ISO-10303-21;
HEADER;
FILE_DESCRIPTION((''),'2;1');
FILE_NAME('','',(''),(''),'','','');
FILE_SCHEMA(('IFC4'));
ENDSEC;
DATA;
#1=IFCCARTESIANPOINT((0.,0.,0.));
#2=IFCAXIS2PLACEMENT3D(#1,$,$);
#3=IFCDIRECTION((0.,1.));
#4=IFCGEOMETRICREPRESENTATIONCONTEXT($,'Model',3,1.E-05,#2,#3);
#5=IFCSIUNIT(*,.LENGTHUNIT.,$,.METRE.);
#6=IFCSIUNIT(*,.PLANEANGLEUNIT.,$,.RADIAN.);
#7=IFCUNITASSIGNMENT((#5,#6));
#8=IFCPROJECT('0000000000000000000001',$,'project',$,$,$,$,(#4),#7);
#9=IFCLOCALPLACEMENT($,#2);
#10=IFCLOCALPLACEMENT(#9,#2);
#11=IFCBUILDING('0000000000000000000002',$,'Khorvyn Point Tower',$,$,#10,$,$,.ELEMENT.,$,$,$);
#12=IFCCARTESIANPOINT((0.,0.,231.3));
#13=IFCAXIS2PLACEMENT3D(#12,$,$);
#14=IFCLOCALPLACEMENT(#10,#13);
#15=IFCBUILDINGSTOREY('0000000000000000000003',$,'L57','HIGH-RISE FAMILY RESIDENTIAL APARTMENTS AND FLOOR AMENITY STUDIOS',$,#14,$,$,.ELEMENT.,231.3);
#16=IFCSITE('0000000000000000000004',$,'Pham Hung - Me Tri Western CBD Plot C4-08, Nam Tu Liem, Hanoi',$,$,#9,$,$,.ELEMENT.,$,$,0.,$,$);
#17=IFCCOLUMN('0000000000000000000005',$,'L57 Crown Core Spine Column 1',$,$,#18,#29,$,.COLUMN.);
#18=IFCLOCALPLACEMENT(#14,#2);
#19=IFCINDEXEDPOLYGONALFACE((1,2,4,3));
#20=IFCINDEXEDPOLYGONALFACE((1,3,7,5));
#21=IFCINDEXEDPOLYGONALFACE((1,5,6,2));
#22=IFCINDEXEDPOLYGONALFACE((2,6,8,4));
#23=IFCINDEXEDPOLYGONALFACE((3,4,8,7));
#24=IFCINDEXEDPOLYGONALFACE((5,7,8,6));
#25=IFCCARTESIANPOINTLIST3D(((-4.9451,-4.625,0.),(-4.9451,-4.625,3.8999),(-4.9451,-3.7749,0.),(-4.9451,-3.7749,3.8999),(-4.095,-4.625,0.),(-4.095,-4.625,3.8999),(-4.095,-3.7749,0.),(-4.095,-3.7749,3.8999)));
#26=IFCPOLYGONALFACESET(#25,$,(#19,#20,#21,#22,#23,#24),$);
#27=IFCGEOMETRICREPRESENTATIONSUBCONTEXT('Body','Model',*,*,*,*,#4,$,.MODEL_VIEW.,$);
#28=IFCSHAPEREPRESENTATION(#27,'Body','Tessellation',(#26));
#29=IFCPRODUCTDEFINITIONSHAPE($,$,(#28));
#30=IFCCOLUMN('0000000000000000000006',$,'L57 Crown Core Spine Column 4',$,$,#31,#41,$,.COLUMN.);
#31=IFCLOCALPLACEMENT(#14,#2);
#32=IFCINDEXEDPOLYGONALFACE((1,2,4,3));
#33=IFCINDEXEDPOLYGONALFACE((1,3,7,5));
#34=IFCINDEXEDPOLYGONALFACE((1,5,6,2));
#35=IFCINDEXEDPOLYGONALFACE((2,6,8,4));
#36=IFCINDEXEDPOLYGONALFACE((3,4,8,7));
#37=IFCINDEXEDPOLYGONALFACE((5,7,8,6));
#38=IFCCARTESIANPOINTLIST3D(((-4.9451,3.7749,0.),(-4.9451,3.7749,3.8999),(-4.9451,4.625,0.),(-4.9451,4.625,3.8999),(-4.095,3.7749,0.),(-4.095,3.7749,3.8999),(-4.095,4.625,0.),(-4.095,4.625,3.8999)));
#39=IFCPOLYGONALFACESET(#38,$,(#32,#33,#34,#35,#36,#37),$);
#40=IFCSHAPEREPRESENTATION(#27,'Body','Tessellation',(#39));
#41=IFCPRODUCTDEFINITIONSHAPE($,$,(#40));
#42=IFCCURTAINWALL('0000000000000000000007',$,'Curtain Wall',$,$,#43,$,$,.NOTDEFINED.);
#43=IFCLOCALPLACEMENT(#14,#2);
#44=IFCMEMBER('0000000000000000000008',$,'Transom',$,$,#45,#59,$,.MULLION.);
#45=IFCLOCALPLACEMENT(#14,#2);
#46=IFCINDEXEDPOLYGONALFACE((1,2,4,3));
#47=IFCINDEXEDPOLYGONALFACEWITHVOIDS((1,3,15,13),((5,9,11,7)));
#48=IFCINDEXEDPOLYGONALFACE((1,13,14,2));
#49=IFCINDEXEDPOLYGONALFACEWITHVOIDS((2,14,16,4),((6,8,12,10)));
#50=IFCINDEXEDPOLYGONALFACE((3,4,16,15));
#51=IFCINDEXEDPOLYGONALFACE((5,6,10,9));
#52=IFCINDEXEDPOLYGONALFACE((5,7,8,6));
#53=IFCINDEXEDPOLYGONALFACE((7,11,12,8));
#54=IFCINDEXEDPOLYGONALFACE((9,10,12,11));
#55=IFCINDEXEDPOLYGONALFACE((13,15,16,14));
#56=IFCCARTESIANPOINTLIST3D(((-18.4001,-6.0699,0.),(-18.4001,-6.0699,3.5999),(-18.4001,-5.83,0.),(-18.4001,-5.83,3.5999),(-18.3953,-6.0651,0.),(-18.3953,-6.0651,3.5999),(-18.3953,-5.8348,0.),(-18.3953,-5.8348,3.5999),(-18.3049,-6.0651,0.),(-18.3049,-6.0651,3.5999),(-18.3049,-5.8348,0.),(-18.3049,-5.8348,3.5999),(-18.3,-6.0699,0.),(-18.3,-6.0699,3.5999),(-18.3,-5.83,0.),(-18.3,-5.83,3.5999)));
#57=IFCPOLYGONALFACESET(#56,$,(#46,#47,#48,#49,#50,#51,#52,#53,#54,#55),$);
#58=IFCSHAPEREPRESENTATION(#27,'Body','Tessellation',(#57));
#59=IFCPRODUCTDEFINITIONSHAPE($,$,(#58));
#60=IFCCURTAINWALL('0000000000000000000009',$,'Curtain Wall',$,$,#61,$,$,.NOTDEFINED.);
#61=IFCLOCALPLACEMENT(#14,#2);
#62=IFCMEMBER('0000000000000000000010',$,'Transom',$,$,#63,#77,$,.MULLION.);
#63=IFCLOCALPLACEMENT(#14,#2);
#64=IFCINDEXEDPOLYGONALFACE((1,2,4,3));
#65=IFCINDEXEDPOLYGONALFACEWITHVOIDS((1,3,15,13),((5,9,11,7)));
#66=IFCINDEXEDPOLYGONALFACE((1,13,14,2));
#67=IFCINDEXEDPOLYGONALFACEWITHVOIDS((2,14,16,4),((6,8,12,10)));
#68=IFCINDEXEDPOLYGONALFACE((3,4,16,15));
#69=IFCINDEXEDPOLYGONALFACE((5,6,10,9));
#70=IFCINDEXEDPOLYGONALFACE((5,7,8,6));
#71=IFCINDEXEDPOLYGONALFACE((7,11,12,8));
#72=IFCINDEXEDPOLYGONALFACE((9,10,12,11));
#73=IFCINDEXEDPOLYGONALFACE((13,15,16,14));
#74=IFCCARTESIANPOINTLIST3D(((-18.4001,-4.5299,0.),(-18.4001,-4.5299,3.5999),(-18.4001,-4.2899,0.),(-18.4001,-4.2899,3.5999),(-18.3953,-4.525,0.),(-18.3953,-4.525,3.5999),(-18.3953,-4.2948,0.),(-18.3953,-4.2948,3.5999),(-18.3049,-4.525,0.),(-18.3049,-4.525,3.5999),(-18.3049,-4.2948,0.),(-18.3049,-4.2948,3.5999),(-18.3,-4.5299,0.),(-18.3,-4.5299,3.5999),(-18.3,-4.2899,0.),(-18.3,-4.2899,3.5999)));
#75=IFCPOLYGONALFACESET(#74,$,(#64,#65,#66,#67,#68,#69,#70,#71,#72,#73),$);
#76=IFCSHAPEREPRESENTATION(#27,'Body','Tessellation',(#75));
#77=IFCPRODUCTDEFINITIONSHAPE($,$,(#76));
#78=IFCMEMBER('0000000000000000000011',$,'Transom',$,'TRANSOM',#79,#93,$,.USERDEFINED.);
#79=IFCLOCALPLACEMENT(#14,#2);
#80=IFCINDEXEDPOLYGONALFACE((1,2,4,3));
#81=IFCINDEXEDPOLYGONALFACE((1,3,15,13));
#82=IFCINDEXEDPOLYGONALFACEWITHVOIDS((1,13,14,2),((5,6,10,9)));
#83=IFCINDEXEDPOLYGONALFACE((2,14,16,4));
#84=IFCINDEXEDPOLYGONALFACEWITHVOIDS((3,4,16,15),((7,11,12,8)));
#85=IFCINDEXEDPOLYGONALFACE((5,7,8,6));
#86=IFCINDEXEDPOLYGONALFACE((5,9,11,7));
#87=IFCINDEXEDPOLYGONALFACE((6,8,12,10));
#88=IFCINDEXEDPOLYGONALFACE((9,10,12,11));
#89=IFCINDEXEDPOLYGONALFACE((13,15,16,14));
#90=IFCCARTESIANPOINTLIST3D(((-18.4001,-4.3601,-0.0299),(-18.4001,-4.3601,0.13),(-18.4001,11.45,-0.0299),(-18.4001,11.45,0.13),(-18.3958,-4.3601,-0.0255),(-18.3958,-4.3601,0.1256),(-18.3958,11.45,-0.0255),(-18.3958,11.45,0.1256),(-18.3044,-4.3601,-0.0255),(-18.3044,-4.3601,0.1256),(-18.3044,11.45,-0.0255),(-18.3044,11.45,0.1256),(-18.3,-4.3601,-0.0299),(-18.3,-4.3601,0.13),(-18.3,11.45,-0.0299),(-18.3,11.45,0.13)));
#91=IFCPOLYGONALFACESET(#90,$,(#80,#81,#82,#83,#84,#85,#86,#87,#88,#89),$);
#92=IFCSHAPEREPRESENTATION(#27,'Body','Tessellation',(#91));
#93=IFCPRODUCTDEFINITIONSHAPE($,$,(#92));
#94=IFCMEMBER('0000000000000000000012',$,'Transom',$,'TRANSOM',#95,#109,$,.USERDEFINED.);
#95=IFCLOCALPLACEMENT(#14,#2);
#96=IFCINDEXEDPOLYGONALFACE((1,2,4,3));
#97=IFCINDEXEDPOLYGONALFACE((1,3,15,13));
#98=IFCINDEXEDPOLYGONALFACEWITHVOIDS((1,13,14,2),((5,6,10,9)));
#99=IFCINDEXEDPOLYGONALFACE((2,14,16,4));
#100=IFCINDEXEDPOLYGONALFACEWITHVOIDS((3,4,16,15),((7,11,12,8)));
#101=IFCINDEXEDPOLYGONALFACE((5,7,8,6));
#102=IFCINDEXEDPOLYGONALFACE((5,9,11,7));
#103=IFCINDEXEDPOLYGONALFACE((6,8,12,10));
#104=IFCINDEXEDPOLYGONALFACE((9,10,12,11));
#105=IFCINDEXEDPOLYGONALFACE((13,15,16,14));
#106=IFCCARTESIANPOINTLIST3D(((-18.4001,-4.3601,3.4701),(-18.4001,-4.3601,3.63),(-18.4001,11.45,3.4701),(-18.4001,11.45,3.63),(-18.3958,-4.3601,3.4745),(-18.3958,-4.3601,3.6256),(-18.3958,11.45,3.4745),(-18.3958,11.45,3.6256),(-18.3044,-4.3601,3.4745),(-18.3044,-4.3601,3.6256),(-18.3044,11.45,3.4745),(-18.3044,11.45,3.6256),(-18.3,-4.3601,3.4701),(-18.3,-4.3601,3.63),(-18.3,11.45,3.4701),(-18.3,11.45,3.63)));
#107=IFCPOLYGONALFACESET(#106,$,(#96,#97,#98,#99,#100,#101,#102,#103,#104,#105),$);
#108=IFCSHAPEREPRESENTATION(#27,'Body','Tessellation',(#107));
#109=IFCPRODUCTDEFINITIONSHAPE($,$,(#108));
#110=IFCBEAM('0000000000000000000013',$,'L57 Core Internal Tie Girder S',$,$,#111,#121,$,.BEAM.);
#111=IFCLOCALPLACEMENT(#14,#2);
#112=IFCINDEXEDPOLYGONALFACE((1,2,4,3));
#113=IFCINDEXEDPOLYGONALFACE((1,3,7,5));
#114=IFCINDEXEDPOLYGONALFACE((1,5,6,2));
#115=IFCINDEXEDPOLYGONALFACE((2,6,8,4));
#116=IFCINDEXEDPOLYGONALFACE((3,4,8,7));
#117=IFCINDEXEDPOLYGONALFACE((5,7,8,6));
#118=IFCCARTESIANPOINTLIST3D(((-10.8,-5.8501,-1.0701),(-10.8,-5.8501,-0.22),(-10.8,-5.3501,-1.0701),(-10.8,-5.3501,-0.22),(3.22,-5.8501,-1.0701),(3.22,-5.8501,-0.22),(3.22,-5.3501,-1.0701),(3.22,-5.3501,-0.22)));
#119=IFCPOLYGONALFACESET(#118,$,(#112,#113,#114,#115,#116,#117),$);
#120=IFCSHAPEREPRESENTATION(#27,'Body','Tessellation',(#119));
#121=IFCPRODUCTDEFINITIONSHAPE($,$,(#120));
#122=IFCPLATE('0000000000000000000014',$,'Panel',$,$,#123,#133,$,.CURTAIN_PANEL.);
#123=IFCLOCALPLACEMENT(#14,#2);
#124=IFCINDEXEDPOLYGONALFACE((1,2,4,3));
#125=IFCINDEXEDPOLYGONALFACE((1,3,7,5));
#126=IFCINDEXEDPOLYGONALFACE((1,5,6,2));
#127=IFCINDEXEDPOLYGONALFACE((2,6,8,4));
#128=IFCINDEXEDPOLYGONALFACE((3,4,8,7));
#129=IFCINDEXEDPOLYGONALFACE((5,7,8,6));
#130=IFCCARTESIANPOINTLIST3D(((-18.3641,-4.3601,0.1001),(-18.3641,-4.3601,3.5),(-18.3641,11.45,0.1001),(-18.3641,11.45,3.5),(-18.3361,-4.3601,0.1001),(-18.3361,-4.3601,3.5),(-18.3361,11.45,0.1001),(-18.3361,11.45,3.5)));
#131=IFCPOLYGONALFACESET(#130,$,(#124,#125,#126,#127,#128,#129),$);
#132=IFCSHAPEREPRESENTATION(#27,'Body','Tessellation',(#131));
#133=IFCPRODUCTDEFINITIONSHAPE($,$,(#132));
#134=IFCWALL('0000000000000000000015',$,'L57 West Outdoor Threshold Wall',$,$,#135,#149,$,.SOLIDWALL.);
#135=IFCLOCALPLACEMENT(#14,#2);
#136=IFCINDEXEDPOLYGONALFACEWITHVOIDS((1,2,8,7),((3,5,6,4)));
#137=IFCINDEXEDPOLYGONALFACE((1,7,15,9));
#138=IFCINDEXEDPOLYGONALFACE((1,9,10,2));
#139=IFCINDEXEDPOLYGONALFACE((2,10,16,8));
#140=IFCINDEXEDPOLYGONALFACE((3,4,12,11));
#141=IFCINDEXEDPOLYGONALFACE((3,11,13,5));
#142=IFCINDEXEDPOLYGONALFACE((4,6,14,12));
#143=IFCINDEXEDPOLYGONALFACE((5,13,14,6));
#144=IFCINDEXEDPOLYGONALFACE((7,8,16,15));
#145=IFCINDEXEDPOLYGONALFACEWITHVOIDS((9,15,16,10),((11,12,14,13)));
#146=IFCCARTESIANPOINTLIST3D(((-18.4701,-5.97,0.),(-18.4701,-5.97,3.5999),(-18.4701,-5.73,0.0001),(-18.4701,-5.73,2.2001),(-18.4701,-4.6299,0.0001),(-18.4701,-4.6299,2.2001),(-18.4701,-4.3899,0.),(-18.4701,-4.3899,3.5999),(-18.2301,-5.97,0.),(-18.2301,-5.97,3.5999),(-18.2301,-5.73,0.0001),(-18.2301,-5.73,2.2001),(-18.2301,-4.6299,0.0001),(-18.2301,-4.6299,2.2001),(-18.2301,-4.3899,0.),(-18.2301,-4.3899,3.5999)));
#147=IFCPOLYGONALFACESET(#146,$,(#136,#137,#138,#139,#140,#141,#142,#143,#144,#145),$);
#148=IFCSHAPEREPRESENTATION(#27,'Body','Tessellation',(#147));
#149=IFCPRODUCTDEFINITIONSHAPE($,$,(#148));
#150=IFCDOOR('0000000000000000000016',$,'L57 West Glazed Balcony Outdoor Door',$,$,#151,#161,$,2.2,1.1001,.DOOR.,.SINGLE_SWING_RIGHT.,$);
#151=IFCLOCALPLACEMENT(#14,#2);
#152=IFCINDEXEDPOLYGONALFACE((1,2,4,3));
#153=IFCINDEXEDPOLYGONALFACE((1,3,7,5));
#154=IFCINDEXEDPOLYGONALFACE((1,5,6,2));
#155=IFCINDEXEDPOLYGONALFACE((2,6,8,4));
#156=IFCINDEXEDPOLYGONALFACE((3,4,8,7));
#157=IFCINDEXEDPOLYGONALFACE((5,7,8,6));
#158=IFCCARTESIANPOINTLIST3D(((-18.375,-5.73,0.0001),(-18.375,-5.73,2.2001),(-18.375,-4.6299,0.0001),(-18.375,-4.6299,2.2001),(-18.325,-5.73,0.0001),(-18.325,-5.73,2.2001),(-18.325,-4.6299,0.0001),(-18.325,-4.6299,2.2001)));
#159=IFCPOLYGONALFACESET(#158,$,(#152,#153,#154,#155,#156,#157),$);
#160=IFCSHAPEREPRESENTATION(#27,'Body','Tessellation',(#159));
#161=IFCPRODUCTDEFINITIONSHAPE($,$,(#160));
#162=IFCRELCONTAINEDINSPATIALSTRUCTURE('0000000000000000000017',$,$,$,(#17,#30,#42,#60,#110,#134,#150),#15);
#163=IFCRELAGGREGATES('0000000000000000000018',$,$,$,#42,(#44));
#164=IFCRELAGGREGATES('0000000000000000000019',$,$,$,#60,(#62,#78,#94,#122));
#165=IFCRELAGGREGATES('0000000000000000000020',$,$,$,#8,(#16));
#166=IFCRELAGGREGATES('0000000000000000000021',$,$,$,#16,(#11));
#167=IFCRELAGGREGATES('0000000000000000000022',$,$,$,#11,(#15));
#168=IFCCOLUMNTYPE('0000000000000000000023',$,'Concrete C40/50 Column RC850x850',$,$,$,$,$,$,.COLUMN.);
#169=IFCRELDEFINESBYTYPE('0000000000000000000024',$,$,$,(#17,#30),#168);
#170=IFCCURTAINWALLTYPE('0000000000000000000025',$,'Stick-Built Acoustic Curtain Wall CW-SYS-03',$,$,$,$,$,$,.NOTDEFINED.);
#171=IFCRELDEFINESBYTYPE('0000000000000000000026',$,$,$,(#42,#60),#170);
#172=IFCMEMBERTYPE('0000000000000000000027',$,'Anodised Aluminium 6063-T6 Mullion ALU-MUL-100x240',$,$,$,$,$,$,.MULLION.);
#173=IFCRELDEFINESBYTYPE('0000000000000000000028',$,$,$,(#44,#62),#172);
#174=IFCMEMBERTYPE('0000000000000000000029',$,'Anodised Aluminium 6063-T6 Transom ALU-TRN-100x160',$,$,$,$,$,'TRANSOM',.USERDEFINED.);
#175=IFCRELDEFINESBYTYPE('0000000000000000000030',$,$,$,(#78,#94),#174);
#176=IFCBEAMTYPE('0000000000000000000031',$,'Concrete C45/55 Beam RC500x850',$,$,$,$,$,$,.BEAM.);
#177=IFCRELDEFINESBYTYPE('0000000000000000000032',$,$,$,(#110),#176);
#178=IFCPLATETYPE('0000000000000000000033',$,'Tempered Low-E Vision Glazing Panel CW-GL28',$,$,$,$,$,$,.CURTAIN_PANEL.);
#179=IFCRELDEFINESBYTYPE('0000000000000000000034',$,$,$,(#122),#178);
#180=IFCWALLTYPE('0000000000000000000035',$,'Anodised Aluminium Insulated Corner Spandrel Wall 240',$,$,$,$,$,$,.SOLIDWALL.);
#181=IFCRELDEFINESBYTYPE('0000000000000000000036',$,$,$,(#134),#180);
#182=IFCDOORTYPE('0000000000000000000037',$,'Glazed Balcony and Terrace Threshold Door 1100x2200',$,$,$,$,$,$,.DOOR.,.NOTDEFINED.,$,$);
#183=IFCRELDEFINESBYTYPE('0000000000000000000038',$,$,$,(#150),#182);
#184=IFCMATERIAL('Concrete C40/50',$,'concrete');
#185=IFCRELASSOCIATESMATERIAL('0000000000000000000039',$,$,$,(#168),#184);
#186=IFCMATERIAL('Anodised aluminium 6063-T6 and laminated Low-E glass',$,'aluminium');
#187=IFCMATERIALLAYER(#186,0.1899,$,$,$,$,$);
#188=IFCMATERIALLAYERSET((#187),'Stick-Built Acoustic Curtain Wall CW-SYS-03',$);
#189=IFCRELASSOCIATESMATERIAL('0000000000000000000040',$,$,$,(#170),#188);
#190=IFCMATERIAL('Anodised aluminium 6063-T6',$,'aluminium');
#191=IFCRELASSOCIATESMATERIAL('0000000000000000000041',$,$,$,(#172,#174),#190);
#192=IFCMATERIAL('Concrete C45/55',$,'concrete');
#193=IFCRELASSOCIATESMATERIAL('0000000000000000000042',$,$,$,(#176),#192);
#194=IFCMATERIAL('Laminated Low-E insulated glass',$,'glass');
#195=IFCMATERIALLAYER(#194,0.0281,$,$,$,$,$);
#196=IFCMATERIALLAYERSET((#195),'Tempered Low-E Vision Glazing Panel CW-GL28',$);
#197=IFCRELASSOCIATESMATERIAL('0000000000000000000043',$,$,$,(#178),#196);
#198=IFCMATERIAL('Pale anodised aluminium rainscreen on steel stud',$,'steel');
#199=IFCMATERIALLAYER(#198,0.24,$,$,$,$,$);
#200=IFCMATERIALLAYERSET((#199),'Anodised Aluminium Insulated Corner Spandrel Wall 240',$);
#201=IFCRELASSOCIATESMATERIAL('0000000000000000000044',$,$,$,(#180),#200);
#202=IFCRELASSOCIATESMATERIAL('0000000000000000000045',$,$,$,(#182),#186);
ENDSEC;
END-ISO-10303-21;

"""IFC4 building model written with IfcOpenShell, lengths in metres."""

from ifc_helpers import new_model, si_unit, direction, frame, frame_2d, origin, origin_2d, place, context, subcontext, project, spatial, rectangle, hollow_rectangle, extrude, material, layer, layer_set, material_profile, profile_set, type_object, element, fill, aggregate, save


model = new_model("IFC4")

# Units and contexts
model_context = context("Model", 3, precision=1e-05, world=origin(), true_north=direction((0.0, 1.0)))
body_context = subcontext(model_context, "Body", "Model", "MODEL_VIEW")
ifc_project = project(units=[si_unit("LENGTHUNIT", "METRE"), si_unit("PLANEANGLEUNIT", "RADIAN")], contexts=[model_context])

# Site, building, storey
site_placement = place(None, origin())
site = spatial("IfcSite", under=ifc_project, at=site_placement, Name="Pham Hung - Me Tri Western CBD Plot C4-08, Nam Tu Liem, Hanoi", CompositionType="ELEMENT", RefElevation=0.0)
building_placement = place(site_placement, origin())
building = spatial("IfcBuilding", under=site, at=building_placement, Name="Khorvyn Point Tower", CompositionType="ELEMENT")
storey_placement = place(building_placement, frame((0.0, 0.0, 231.3)))
storey = spatial("IfcBuildingStorey", under=building, at=storey_placement, Name="L57", Description="HIGH-RISE FAMILY RESIDENTIAL APARTMENTS AND FLOOR AMENITY STUDIOS", CompositionType="ELEMENT", Elevation=231.3)

# Columns
ifc_material_1 = material(Name="Concrete C40/50", Category="concrete")
ifc_material_profile_1 = material_profile(ifc_material_1, rectangle(XDim=0.8501, YDim=0.8501, at=origin_2d()))
ifc_profile_set_1 = profile_set([ifc_material_profile_1], Name="Concrete C40/50 RC850x850")
column_type = type_object("IfcColumnType", Name="Concrete C40/50 Column RC850x850", PredefinedType="COLUMN", material=ifc_profile_set_1)
for number, where, z_axis, x_axis, name in (
    (1, (-4.52, -4.2, 0.0), (0.0, 0.0, 1.0), (1.0, 0.0, 0.0), "L57 Crown Core Spine Column 1"),
    (2, (-4.52, 4.2, 0.0), (0.0, 0.0, 1.0), (1.0, 0.0, 0.0), "L57 Crown Core Spine Column 4"),
):
    element("IfcColumn", number, at=place(storey_placement, frame(where, z_axis=z_axis, x_axis=x_axis)), inside=storey, type_object=column_type, Name=name, PredefinedType="COLUMN", context=body_context, shape_type="SweptSolid", body=[
        extrude(rectangle(XDim=0.8501, YDim=0.8501, at=origin_2d()), origin(), (0.0, 0.0, 1.0), 3.8999),
    ])

# Curtain wall, member
ifc_material_2 = material(Name="Anodised aluminium 6063-T6 and laminated Low-E glass", Category="aluminium")
ifc_layer_1 = layer(ifc_material_2, 0.1899)
ifc_layer_set_1 = layer_set([ifc_layer_1], Name="Stick-Built Acoustic Curtain Wall CW-SYS-03")
curtain_wall_type = type_object("IfcCurtainWallType", Name="Stick-Built Acoustic Curtain Wall CW-SYS-03", PredefinedType="NOTDEFINED", material=ifc_layer_set_1)
curtain_wall_1_placement = place(storey_placement, origin())
curtain_wall_1 = element("IfcCurtainWall", 3, at=curtain_wall_1_placement, inside=storey, type_object=curtain_wall_type, Name="Curtain Wall", PredefinedType="NOTDEFINED")
ifc_material_3 = material(Name="Anodised aluminium 6063-T6", Category="aluminium")
ifc_material_profile_2 = material_profile(ifc_material_3, hollow_rectangle(XDim=0.1001, YDim=0.24, WallThickness=0.0049, at=origin_2d()))
ifc_profile_set_2 = profile_set([ifc_material_profile_2], Name="Anodised aluminium 6063-T6 ALU-MUL-100x240")
member_type_1 = type_object("IfcMemberType", Name="Anodised Aluminium 6063-T6 Mullion ALU-MUL-100x240", PredefinedType="MULLION", material=ifc_profile_set_2)
member_1_placement = place(storey_placement, frame((-18.3501, -5.95, 0.0), z_axis=(0.0, 0.0, 1.0), x_axis=(-1.0, 0.0, 0.0)))
member_1 = element("IfcMember", 4, at=member_1_placement, type_object=member_type_1, Name="Transom", PredefinedType="MULLION", context=body_context, shape_type="SweptSolid", body=[
    extrude(hollow_rectangle(XDim=0.1001, YDim=0.24, WallThickness=0.0049, at=origin_2d()), origin(), (0.0, 0.0, 1.0), 3.5999),
])
aggregate(curtain_wall_1, [member_1])

# Curtain wall, members
curtain_wall_2_placement = place(storey_placement, origin())
curtain_wall_2 = element("IfcCurtainWall", 5, at=curtain_wall_2_placement, inside=storey, type_object=curtain_wall_type, Name="Curtain Wall", PredefinedType="NOTDEFINED")
member_2_placement = place(storey_placement, frame((-18.3501, -4.4099, 0.0), z_axis=(0.0, 0.0, 1.0), x_axis=(-1.0, 0.0, 0.0)))
member_2 = element("IfcMember", 6, at=member_2_placement, type_object=member_type_1, Name="Transom", PredefinedType="MULLION", context=body_context, shape_type="SweptSolid", body=[
    extrude(hollow_rectangle(XDim=0.1001, YDim=0.24, WallThickness=0.0049, at=origin_2d()), origin(), (0.0, 0.0, 1.0), 3.5999),
])
ifc_material_profile_3 = material_profile(ifc_material_3, hollow_rectangle(XDim=0.1001, YDim=0.1599, WallThickness=0.0044, at=origin_2d()))
ifc_profile_set_3 = profile_set([ifc_material_profile_3], Name="Anodised aluminium 6063-T6 ALU-TRN-100x160")
member_type_2 = type_object("IfcMemberType", Name="Anodised Aluminium 6063-T6 Transom ALU-TRN-100x160", ElementType="TRANSOM", PredefinedType="USERDEFINED", material=ifc_profile_set_3)
member_3_placement = place(storey_placement, frame((-18.3501, -4.3601, 0.05), z_axis=(0.0, 1.0, 0.0), x_axis=(-1.0, 0.0, 0.0)))
member_3 = element("IfcMember", 7, at=member_3_placement, type_object=member_type_2, Name="Transom", ObjectType="TRANSOM", PredefinedType="USERDEFINED", context=body_context, shape_type="SweptSolid", body=[
    extrude(hollow_rectangle(XDim=0.1001, YDim=0.1599, WallThickness=0.0044, at=origin_2d()), origin(), (0.0, 0.0, 1.0), 15.8101),
])
member_4_placement = place(storey_placement, frame((-18.3501, -4.3601, 3.55), z_axis=(0.0, 1.0, 0.0), x_axis=(-1.0, 0.0, 0.0)))
member_4 = element("IfcMember", 8, at=member_4_placement, type_object=member_type_2, Name="Transom", ObjectType="TRANSOM", PredefinedType="USERDEFINED", context=body_context, shape_type="SweptSolid", body=[
    extrude(hollow_rectangle(XDim=0.1001, YDim=0.1599, WallThickness=0.0044, at=origin_2d()), origin(), (0.0, 0.0, 1.0), 15.8101),
])

# Beam
ifc_material_4 = material(Name="Concrete C45/55", Category="concrete")
ifc_material_profile_4 = material_profile(ifc_material_4, rectangle(XDim=0.5, YDim=0.8501, at=origin_2d()))
ifc_profile_set_4 = profile_set([ifc_material_profile_4], Name="Concrete C45/55 RC500x850")
beam_type = type_object("IfcBeamType", Name="Concrete C45/55 Beam RC500x850", PredefinedType="BEAM", material=ifc_profile_set_4)
beam_placement = place(storey_placement, frame((-10.8, -5.6001, -0.645), z_axis=(1.0, 0.0, 0.0), x_axis=(0.0, 1.0, 0.0)))
element("IfcBeam", 9, at=beam_placement, inside=storey, type_object=beam_type, Name="L57 Core Internal Tie Girder S", PredefinedType="BEAM", context=body_context, shape_type="SweptSolid", body=[
    extrude(rectangle(XDim=0.5, YDim=0.8501, at=origin_2d()), origin(), (0.0, 0.0, 1.0), 14.02),
])

# Plate
ifc_material_5 = material(Name="Laminated Low-E insulated glass", Category="glass")
ifc_layer_2 = layer(ifc_material_5, 0.0281)
ifc_layer_set_2 = layer_set([ifc_layer_2], Name="Tempered Low-E Vision Glazing Panel CW-GL28")
plate_type = type_object("IfcPlateType", Name="Tempered Low-E Vision Glazing Panel CW-GL28", PredefinedType="CURTAIN_PANEL", material=ifc_layer_set_2)
plate_placement = place(storey_placement, frame((-18.3501, 3.5449, 0.1001), z_axis=(0.0, 0.0, 1.0), x_axis=(0.0, 1.0, 0.0)))
plate = element("IfcPlate", 10, at=plate_placement, type_object=plate_type, Name="Panel", PredefinedType="CURTAIN_PANEL", context=body_context, shape_type="SweptSolid", body=[
    extrude(rectangle(XDim=15.8101, YDim=0.0281, at=origin_2d()), origin(), (0.0, 0.0, 1.0), 3.3999),
])
aggregate(curtain_wall_2, [member_2, member_3, member_4, plate])

# Wall, opening, door
ifc_material_6 = material(Name="Pale anodised aluminium rainscreen on steel stud", Category="steel")
ifc_layer_3 = layer(ifc_material_6, 0.24)
ifc_layer_set_3 = layer_set([ifc_layer_3], Name="Anodised Aluminium Insulated Corner Spandrel Wall 240")
wall_type_1 = type_object("IfcWallType", Name="Anodised Aluminium Insulated Corner Spandrel Wall 240", PredefinedType="SOLIDWALL", material=ifc_layer_set_3)
wall_1_placement = place(storey_placement, frame((-18.3501, -5.97, 0.0), z_axis=(0.0, 0.0, 1.0), x_axis=(0.0, 1.0, 0.0)))
wall_1 = element("IfcWall", 11, at=wall_1_placement, inside=storey, type_object=wall_type_1, Name="L57 West Outdoor Threshold Wall", PredefinedType="SOLIDWALL", context=body_context, shape_type="SweptSolid", body=[
    extrude(rectangle(XDim=1.5801, YDim=0.24, at=frame_2d((0.79, 0.0))), origin(), (0.0, 0.0, 1.0), 3.5999),
])
opening_1_placement = place(wall_1_placement, frame((0.24, 0.0, 0.0)))
opening_1 = element("IfcOpeningElement", 12, at=opening_1_placement, cuts=wall_1, PredefinedType="OPENING", context=body_context, shape_type="SweptSolid", body=[
    extrude(rectangle(XDim=1.1001, YDim=2.2, at=frame_2d((0.55, 1.1001))), frame((0.0, 0.1299, 0.0), z_axis=(0.0, -1.0, 0.0), x_axis=(1.0, 0.0, 0.0)), (0.0, 0.0, 1.0), 0.26),
])
door_type_1 = type_object("IfcDoorType", Name="Glazed Balcony and Terrace Threshold Door 1100x2200", OperationType="NOTDEFINED", PredefinedType="DOOR", material=ifc_material_2)
door_1_placement = place(opening_1_placement, origin())
door_1 = element("IfcDoor", 13, at=door_1_placement, inside=storey, type_object=door_type_1, Name="L57 West Glazed Balcony Outdoor Door", OperationType="SINGLE_SWING_RIGHT", OverallHeight=2.2, OverallWidth=1.1001, PredefinedType="DOOR", context=body_context, shape_type="SweptSolid", body=[
    extrude(rectangle(XDim=1.1001, YDim=2.2, at=frame_2d((0.55, 1.1001))), frame((0.0, 0.0249, 0.0), z_axis=(0.0, -1.0, 0.0), x_axis=(1.0, 0.0, 0.0)), (0.0, 0.0, 1.0), 0.05),
])
fill(opening_1, door_1)

save(model, "model.ifc")
